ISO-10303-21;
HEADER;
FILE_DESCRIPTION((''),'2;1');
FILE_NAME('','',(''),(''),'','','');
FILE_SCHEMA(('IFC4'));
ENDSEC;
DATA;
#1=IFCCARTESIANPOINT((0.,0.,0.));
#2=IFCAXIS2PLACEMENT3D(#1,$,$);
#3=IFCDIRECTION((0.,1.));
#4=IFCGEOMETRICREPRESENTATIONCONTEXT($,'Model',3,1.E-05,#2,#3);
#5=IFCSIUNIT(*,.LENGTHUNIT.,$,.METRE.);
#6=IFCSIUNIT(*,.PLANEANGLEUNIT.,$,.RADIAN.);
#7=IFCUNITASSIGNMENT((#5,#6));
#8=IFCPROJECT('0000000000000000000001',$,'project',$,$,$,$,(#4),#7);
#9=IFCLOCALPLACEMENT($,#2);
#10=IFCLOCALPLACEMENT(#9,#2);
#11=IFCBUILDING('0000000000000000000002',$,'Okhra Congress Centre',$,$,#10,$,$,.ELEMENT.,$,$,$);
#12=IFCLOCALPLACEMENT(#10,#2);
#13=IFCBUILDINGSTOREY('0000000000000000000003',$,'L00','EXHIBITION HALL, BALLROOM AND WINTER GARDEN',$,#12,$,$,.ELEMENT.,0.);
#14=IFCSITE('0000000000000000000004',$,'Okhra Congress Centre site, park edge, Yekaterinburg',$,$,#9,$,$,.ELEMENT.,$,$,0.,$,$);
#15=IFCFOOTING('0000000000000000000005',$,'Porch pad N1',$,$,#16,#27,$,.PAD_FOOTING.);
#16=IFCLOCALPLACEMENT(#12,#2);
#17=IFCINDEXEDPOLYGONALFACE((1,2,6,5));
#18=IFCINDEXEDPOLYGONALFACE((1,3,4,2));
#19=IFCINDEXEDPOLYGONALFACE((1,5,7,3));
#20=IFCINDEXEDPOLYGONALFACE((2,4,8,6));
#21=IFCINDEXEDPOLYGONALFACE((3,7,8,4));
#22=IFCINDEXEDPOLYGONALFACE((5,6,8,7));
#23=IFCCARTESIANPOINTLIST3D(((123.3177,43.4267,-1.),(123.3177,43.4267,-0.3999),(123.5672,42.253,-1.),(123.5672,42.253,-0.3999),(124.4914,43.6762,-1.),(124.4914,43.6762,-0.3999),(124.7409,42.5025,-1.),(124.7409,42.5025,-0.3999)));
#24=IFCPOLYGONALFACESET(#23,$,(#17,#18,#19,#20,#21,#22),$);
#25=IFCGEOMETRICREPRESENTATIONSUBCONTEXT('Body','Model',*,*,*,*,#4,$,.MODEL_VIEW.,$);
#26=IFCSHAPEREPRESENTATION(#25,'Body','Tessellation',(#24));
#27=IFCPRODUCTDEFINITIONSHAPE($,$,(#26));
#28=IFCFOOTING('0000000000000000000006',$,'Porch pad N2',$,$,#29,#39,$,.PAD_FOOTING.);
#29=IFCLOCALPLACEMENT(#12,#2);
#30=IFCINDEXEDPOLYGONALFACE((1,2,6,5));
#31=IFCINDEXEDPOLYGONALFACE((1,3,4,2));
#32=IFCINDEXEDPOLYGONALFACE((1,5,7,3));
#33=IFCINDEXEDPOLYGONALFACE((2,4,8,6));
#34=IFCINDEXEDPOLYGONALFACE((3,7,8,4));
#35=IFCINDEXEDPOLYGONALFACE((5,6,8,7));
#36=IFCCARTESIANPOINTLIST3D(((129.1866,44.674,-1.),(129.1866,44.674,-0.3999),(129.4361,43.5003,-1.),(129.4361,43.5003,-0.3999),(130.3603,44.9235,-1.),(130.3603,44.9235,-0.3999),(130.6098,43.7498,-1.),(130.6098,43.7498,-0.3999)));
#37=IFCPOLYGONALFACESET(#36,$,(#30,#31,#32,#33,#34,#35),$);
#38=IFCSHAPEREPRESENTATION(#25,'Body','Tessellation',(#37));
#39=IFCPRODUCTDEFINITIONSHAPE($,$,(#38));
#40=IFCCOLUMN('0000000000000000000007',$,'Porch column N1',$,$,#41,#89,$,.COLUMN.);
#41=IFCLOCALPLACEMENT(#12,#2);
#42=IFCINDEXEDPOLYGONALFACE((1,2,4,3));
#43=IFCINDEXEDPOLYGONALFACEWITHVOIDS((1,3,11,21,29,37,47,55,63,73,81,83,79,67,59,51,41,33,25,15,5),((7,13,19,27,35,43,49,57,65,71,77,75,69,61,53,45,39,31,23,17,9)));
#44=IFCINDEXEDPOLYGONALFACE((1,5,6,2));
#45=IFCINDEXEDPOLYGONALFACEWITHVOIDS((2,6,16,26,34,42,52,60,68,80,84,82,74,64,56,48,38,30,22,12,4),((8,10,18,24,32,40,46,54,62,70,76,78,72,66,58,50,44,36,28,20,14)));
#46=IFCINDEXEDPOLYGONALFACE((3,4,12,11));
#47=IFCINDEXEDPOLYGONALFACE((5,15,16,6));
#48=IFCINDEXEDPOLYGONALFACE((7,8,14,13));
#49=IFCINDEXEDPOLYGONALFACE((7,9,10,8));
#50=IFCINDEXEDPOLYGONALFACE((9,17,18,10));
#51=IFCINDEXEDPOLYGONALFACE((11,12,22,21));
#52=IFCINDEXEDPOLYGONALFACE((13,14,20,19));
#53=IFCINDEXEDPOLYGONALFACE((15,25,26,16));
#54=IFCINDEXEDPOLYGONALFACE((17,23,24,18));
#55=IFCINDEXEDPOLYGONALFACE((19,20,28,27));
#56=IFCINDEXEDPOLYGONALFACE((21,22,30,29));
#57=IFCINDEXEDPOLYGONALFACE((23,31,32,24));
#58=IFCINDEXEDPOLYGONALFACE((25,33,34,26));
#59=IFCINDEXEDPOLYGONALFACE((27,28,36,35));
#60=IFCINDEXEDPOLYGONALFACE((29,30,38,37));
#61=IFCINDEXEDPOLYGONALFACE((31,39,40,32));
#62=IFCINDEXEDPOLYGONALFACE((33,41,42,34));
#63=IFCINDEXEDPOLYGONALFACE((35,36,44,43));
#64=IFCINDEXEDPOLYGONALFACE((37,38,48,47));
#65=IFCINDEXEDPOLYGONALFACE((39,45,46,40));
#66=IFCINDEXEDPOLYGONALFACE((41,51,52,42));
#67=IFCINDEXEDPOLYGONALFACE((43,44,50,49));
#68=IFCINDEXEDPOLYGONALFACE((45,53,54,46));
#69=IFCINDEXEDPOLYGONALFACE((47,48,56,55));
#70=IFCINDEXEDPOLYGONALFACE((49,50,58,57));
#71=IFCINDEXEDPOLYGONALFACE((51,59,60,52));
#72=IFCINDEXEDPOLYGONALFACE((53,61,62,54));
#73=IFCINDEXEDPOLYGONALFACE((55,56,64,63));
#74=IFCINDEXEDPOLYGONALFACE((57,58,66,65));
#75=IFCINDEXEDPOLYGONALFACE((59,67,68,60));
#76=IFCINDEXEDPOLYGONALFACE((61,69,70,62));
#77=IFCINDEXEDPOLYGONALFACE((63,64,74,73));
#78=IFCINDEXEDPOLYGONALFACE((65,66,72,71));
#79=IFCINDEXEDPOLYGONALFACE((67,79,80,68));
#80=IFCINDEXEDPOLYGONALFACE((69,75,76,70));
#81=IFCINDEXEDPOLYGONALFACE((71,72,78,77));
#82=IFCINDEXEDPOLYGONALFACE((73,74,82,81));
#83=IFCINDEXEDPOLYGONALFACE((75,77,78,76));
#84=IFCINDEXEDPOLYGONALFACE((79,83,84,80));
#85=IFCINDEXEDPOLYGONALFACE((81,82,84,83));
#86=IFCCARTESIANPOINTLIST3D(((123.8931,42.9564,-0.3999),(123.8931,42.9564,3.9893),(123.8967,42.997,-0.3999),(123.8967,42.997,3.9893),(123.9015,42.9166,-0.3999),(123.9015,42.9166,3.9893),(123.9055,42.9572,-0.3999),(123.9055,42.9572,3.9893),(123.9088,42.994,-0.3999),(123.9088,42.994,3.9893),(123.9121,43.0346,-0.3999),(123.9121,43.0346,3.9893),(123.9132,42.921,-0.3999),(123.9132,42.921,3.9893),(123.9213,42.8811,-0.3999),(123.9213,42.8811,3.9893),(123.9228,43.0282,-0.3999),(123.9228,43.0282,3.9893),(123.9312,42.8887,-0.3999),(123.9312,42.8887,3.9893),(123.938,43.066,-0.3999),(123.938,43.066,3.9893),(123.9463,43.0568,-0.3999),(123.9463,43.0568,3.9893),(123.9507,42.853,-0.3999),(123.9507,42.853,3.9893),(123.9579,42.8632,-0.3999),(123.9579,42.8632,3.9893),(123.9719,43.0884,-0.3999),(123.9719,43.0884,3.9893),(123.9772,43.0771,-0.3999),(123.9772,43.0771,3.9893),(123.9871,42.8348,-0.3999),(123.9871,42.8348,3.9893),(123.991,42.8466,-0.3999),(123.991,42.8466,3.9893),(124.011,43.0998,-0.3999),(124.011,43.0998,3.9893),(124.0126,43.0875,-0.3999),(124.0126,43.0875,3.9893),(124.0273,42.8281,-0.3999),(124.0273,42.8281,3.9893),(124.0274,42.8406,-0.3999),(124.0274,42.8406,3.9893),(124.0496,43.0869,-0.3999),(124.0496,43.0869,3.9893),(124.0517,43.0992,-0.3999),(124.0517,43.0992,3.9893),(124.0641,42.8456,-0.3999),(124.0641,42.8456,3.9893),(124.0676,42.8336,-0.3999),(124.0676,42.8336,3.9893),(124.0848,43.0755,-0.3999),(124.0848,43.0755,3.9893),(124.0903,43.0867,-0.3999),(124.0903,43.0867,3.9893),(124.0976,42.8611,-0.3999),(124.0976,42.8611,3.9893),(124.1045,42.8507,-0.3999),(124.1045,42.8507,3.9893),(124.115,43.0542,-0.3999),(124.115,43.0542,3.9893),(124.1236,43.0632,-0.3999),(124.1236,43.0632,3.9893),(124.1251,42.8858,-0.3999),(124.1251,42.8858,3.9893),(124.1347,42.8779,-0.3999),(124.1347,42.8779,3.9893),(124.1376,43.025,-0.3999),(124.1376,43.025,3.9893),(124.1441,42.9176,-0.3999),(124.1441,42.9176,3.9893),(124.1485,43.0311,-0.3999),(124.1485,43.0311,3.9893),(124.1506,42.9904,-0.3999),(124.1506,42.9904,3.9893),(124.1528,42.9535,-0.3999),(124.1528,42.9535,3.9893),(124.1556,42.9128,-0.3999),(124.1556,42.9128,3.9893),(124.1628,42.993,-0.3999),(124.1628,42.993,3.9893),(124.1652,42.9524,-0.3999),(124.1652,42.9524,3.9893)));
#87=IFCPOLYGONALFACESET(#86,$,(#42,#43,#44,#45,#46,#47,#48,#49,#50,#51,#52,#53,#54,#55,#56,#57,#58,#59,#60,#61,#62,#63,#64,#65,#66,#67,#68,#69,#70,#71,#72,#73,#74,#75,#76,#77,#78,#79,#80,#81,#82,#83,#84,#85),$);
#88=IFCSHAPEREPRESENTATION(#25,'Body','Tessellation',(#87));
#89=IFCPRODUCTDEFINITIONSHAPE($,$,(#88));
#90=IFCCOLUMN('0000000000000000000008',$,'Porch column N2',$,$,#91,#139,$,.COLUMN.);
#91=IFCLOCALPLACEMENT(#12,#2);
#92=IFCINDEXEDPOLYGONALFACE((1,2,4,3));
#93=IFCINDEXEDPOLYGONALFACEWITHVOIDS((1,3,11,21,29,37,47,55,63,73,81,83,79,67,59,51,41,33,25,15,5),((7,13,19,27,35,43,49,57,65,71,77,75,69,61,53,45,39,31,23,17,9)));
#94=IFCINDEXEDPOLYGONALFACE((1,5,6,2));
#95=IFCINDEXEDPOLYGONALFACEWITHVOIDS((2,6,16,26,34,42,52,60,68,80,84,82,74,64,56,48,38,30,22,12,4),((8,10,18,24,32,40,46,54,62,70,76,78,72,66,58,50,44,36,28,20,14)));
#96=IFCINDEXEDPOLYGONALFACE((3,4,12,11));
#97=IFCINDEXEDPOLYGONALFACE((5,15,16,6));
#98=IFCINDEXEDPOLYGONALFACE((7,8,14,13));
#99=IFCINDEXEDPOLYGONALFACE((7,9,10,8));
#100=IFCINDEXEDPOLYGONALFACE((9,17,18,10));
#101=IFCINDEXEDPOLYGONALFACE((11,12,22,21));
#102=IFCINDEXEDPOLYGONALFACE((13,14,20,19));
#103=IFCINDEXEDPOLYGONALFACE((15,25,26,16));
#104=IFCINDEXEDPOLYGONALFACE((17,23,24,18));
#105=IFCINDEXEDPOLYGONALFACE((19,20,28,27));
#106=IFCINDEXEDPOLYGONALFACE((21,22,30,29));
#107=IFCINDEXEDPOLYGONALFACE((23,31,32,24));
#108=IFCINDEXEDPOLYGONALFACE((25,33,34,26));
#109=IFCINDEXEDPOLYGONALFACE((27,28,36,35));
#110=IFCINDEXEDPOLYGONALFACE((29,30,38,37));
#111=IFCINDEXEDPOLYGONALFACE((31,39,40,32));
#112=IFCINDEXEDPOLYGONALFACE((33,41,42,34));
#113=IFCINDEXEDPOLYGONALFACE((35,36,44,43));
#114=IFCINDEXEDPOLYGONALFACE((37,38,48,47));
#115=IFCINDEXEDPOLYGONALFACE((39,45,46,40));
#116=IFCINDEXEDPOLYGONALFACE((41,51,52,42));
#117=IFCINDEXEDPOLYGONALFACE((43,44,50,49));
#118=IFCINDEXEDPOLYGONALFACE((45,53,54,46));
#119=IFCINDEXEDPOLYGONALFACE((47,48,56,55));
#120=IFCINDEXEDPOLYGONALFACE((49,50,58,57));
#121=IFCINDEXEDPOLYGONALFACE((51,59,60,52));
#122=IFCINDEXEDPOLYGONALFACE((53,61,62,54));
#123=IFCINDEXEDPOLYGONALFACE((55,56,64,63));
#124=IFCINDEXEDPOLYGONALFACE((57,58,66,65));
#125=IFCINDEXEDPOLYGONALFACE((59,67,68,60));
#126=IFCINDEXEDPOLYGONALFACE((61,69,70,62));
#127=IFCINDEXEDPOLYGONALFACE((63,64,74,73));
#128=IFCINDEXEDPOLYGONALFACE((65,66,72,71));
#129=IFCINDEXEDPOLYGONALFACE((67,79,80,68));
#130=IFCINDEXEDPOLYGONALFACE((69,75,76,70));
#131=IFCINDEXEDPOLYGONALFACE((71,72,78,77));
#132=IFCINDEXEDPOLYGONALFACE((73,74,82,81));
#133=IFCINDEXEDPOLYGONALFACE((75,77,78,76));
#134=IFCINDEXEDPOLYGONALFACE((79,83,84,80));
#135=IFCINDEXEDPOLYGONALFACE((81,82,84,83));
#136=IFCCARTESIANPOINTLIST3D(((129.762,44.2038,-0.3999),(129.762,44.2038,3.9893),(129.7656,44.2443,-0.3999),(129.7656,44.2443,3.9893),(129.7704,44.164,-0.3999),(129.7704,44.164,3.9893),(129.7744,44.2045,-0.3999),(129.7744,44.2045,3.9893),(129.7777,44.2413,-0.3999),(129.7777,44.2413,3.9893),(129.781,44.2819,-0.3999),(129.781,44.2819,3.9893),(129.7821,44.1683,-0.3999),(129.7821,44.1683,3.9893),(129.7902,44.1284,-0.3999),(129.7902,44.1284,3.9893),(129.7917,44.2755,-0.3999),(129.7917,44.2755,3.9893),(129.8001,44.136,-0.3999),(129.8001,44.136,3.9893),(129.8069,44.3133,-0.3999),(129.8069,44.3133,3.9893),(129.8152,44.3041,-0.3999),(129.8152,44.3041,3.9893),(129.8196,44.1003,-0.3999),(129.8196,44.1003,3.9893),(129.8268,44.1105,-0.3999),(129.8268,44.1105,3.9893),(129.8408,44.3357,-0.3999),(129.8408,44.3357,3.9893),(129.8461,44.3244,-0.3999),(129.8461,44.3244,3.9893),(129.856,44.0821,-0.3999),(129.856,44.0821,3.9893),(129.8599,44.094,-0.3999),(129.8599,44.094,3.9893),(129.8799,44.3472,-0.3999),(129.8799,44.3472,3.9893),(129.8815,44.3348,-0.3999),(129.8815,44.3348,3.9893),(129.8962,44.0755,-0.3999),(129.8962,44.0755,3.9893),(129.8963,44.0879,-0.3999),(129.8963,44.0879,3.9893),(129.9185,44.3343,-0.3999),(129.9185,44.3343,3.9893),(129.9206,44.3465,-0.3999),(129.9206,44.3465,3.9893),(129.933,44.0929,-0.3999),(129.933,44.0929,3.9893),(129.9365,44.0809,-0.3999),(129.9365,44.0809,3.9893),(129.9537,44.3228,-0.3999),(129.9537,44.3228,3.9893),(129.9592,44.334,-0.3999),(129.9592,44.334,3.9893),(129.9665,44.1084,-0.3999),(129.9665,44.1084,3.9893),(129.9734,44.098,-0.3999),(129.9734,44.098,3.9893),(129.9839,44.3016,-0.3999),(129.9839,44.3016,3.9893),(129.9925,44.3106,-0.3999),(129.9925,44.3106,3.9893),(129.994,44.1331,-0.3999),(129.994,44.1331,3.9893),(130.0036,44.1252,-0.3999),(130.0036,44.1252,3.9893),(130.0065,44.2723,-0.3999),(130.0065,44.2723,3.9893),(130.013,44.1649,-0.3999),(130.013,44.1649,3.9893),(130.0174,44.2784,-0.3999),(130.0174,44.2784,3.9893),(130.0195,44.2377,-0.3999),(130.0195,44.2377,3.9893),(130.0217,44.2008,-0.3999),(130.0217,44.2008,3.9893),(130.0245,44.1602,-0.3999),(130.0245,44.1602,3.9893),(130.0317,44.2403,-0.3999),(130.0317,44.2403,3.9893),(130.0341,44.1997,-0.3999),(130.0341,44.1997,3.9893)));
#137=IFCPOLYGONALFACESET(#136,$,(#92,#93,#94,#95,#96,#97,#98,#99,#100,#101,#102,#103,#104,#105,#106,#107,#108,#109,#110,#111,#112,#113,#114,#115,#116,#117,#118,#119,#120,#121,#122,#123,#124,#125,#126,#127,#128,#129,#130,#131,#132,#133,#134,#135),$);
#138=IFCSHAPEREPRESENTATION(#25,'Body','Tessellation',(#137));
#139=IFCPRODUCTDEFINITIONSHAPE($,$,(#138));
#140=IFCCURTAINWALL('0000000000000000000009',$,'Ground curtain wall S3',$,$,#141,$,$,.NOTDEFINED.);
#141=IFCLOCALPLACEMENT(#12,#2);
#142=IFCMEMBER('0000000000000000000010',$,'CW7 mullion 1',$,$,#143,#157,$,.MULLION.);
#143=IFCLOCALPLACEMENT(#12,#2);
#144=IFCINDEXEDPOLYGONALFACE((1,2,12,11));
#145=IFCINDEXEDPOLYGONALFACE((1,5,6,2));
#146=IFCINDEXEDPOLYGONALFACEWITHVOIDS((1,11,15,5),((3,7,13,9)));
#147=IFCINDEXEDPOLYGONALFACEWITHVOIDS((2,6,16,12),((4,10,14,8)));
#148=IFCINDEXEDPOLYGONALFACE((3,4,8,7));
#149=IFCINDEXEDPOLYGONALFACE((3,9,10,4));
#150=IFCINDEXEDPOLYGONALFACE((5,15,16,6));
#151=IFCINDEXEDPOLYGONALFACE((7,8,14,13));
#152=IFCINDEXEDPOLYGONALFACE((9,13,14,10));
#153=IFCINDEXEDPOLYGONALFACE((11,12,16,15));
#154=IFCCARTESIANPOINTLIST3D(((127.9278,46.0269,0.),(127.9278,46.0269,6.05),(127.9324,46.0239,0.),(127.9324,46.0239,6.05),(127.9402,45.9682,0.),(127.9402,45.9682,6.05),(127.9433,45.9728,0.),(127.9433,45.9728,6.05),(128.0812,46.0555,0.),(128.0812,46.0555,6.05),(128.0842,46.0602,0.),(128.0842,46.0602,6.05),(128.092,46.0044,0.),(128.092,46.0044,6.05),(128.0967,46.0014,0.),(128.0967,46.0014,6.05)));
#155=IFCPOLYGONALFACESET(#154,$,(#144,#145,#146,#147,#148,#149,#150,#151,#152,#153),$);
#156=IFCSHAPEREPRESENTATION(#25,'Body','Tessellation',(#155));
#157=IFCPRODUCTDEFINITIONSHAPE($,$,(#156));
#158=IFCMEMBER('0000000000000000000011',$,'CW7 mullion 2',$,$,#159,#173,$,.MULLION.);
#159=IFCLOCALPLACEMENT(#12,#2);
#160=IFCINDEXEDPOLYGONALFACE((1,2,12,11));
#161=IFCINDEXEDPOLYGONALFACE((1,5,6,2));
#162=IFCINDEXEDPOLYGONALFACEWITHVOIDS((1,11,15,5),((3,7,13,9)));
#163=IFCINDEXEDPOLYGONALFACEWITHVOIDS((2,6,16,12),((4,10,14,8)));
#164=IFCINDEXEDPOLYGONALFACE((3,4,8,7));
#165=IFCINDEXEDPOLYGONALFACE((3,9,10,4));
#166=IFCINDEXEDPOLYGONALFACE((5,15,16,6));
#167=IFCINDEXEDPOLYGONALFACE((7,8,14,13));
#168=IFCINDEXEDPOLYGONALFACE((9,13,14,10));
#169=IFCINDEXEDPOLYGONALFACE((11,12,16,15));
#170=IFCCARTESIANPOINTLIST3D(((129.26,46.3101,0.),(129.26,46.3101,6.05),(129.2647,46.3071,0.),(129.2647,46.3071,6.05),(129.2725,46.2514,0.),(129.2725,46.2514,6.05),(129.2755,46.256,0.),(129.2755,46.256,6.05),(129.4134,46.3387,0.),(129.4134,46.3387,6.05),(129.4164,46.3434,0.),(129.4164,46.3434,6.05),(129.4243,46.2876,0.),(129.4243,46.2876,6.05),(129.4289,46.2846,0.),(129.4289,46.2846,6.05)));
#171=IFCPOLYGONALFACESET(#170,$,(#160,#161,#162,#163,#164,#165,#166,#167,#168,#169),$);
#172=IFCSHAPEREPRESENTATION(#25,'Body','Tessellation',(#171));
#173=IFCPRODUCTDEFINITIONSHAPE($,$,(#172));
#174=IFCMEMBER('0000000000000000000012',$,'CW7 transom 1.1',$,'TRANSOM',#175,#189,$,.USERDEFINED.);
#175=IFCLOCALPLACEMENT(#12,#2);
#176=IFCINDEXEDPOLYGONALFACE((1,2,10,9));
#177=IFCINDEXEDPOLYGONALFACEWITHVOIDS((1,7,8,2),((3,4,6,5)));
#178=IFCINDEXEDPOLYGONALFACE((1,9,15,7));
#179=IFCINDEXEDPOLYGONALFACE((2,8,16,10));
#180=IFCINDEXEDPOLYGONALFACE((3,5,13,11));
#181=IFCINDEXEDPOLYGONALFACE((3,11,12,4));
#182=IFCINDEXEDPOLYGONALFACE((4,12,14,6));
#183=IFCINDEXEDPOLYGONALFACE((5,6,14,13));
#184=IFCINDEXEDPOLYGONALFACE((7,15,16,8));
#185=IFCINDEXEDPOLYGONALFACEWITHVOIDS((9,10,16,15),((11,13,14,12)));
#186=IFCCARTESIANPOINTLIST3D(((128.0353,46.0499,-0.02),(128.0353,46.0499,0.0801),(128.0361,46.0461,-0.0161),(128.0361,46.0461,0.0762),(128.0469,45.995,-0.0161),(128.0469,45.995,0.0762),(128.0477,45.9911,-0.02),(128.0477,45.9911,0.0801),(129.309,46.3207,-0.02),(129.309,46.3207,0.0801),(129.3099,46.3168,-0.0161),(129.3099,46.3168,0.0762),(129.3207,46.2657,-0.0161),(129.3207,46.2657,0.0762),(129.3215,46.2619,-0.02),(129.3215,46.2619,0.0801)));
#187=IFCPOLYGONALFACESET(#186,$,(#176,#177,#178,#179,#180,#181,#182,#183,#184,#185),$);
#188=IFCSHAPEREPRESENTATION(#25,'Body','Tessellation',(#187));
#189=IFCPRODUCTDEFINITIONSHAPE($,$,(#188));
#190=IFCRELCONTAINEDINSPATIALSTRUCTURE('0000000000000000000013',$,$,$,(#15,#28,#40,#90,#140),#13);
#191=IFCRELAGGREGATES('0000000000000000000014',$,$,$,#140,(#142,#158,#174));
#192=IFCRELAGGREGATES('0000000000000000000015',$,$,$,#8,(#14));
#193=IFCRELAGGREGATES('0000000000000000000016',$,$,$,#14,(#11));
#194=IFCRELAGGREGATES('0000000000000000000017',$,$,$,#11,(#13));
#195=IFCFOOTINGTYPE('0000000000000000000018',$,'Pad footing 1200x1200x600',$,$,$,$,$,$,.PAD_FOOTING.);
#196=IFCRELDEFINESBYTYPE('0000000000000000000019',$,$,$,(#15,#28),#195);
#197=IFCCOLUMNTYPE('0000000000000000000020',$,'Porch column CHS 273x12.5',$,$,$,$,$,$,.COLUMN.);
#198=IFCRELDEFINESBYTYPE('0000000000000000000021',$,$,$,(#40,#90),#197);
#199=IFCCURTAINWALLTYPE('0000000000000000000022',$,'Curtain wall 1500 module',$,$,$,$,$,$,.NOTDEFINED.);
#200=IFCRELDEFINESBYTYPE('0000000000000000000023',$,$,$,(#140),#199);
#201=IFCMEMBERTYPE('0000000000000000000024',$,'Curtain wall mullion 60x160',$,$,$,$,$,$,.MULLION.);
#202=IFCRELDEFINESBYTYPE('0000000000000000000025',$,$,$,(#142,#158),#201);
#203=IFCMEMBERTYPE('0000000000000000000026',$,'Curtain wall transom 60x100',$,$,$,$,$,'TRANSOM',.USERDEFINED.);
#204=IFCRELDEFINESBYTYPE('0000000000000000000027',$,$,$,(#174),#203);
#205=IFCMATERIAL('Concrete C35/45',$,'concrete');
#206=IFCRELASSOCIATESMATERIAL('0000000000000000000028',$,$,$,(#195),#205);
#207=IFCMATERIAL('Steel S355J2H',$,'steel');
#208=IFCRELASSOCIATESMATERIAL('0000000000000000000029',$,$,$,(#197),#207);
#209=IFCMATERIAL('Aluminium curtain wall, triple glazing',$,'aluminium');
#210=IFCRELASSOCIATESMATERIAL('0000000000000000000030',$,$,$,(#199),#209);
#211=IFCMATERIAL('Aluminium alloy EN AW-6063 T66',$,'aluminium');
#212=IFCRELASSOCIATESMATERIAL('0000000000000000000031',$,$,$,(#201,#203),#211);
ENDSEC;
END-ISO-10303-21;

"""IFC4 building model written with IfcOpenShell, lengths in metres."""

from ifc_helpers import new_model, si_unit, direction, frame, origin, origin_2d, place, context, subcontext, project, spatial, rectangle, hollow_rectangle, hollow_circle, extrude, material, material_profile, profile_set, type_object, element, aggregate, save


model = new_model("IFC4")

# Units and contexts
model_context = context("Model", 3, precision=1e-05, world=origin(), true_north=direction((0.0, 1.0)))
body_context = subcontext(model_context, "Body", "Model", "MODEL_VIEW")
ifc_project = project(units=[si_unit("LENGTHUNIT", "METRE"), si_unit("PLANEANGLEUNIT", "RADIAN")], contexts=[model_context])

# Site, building, storey
site_placement = place(None, origin())
site = spatial("IfcSite", under=ifc_project, at=site_placement, Name="Okhra Congress Centre site, park edge, Yekaterinburg", CompositionType="ELEMENT", RefElevation=0.0)
building_placement = place(site_placement, origin())
building = spatial("IfcBuilding", under=site, at=building_placement, Name="Okhra Congress Centre", CompositionType="ELEMENT")
storey_placement = place(building_placement, origin())
storey = spatial("IfcBuildingStorey", under=building, at=storey_placement, Name="L00", Description="EXHIBITION HALL, BALLROOM AND WINTER GARDEN", CompositionType="ELEMENT", Elevation=0.0)

# Footings
ifc_material_1 = material(Name="Concrete C35/45", Category="concrete")
footing_type = type_object("IfcFootingType", Name="Pad footing 1200x1200x600", PredefinedType="PAD_FOOTING", material=ifc_material_1)
for number, where, z_axis, x_axis, name in (
    (1, (124.0293, 42.9646, -1.0), (0.0, 0.0, 1.0), (0.978148, 0.207912, 0.0), "Porch pad N1"),
    (2, (129.8982, 44.2119, -1.0), (0.0, 0.0, 1.0), (0.978148, 0.207912, 0.0), "Porch pad N2"),
):
    element("IfcFooting", number, at=place(storey_placement, frame(where, z_axis=z_axis, x_axis=x_axis)), inside=storey, type_object=footing_type, Name=name, PredefinedType="PAD_FOOTING", context=body_context, shape_type="SweptSolid", body=[
        extrude(rectangle(XDim=1.2, YDim=1.2, at=origin_2d()), origin(), (0.0, 0.0, 1.0), 0.6001),
    ])

# Columns
ifc_material_2 = material(Name="Steel S355J2H", Category="steel")
ifc_material_profile_1 = material_profile(ifc_material_2, hollow_circle(Radius=0.1365, WallThickness=0.0125, at=origin_2d()), Name="CHS 273x12.5")
ifc_profile_set_1 = profile_set([ifc_material_profile_1], Name="Steel S355J2H")
column_type = type_object("IfcColumnType", Name="Porch column CHS 273x12.5", PredefinedType="COLUMN", material=ifc_profile_set_1)
for number, where, z_axis, x_axis, name in (
    (3, (124.0293, 42.9646, -0.3999), (0.0, 0.0, 1.0), (0.978148, 0.207912, 0.0), "Porch column N1"),
    (4, (129.8982, 44.2119, -0.3999), (0.0, 0.0, 1.0), (0.978148, 0.207912, 0.0), "Porch column N2"),
):
    element("IfcColumn", number, at=place(storey_placement, frame(where, z_axis=z_axis, x_axis=x_axis)), inside=storey, type_object=column_type, Name=name, PredefinedType="COLUMN", context=body_context, shape_type="SweptSolid", body=[
        extrude(hollow_circle(Radius=0.1365, WallThickness=0.0125, at=origin_2d()), origin(), (0.0, 0.0, 1.0), 4.3892),
    ])

# Curtain wall, members
ifc_material_3 = material(Name="Aluminium curtain wall, triple glazing", Category="aluminium")
curtain_wall_type = type_object("IfcCurtainWallType", Name="Curtain wall 1500 module", PredefinedType="NOTDEFINED", material=ifc_material_3)
curtain_wall_placement = place(storey_placement, origin())
curtain_wall = element("IfcCurtainWall", 5, at=curtain_wall_placement, inside=storey, type_object=curtain_wall_type, Name="Ground curtain wall S3", PredefinedType="NOTDEFINED")
ifc_material_4 = material(Name="Aluminium alloy EN AW-6063 T66", Category="aluminium")
ifc_material_profile_2 = material_profile(ifc_material_4, hollow_rectangle(XDim=0.0601, YDim=0.1599, WallThickness=0.0039, at=origin_2d()), Name="RHS 60x160x4")
ifc_profile_set_2 = profile_set([ifc_material_profile_2], Name="Aluminium alloy EN AW-6063 T66")
member_type_1 = type_object("IfcMemberType", Name="Curtain wall mullion 60x160", PredefinedType="MULLION", material=ifc_profile_set_2)
member_1_placement = place(storey_placement, frame((128.0122, 46.0142, 0.0), z_axis=(0.0, 0.0, 1.0), x_axis=(-0.207912, 0.978148, 0.0)))
member_1 = element("IfcMember", 6, at=member_1_placement, type_object=member_type_1, Name="CW7 mullion 1", PredefinedType="MULLION", context=body_context, shape_type="SweptSolid", body=[
    extrude(hollow_rectangle(XDim=0.0601, YDim=0.1599, WallThickness=0.0039, at=origin_2d()), origin(), (0.0, 0.0, 1.0), 6.05),
])
member_2_placement = place(storey_placement, frame((129.3445, 46.2974, 0.0), z_axis=(0.0, 0.0, 1.0), x_axis=(-0.207912, 0.978148, 0.0)))
member_2 = element("IfcMember", 7, at=member_2_placement, type_object=member_type_1, Name="CW7 mullion 2", PredefinedType="MULLION", context=body_context, shape_type="SweptSolid", body=[
    extrude(hollow_rectangle(XDim=0.0601, YDim=0.1599, WallThickness=0.0039, at=origin_2d()), origin(), (0.0, 0.0, 1.0), 6.05),
])
ifc_material_profile_3 = material_profile(ifc_material_4, hollow_rectangle(XDim=0.0601, YDim=0.1001, WallThickness=0.0039, at=origin_2d()), Name="RHS 60x100x4")
ifc_profile_set_3 = profile_set([ifc_material_profile_3], Name="Aluminium alloy EN AW-6063 T66")
member_type_2 = type_object("IfcMemberType", Name="Curtain wall transom 60x100", ElementType="TRANSOM", PredefinedType="USERDEFINED", material=ifc_profile_set_3)
member_3_placement = place(storey_placement, frame((128.0415, 46.0205, 0.03), z_axis=(0.978144, 0.207928, 0.0), x_axis=(-0.207928, 0.978144, 0.0)))
member_3 = element("IfcMember", 8, at=member_3_placement, type_object=member_type_2, Name="CW7 transom 1.1", ObjectType="TRANSOM", PredefinedType="USERDEFINED", context=body_context, shape_type="SweptSolid", body=[
    extrude(hollow_rectangle(XDim=0.0601, YDim=0.1001, WallThickness=0.0039, at=origin_2d()), origin(), (0.0, 0.0, 1.0), 1.3022),
])
aggregate(curtain_wall, [member_1, member_2, member_3])

save(model, "model.ifc")
